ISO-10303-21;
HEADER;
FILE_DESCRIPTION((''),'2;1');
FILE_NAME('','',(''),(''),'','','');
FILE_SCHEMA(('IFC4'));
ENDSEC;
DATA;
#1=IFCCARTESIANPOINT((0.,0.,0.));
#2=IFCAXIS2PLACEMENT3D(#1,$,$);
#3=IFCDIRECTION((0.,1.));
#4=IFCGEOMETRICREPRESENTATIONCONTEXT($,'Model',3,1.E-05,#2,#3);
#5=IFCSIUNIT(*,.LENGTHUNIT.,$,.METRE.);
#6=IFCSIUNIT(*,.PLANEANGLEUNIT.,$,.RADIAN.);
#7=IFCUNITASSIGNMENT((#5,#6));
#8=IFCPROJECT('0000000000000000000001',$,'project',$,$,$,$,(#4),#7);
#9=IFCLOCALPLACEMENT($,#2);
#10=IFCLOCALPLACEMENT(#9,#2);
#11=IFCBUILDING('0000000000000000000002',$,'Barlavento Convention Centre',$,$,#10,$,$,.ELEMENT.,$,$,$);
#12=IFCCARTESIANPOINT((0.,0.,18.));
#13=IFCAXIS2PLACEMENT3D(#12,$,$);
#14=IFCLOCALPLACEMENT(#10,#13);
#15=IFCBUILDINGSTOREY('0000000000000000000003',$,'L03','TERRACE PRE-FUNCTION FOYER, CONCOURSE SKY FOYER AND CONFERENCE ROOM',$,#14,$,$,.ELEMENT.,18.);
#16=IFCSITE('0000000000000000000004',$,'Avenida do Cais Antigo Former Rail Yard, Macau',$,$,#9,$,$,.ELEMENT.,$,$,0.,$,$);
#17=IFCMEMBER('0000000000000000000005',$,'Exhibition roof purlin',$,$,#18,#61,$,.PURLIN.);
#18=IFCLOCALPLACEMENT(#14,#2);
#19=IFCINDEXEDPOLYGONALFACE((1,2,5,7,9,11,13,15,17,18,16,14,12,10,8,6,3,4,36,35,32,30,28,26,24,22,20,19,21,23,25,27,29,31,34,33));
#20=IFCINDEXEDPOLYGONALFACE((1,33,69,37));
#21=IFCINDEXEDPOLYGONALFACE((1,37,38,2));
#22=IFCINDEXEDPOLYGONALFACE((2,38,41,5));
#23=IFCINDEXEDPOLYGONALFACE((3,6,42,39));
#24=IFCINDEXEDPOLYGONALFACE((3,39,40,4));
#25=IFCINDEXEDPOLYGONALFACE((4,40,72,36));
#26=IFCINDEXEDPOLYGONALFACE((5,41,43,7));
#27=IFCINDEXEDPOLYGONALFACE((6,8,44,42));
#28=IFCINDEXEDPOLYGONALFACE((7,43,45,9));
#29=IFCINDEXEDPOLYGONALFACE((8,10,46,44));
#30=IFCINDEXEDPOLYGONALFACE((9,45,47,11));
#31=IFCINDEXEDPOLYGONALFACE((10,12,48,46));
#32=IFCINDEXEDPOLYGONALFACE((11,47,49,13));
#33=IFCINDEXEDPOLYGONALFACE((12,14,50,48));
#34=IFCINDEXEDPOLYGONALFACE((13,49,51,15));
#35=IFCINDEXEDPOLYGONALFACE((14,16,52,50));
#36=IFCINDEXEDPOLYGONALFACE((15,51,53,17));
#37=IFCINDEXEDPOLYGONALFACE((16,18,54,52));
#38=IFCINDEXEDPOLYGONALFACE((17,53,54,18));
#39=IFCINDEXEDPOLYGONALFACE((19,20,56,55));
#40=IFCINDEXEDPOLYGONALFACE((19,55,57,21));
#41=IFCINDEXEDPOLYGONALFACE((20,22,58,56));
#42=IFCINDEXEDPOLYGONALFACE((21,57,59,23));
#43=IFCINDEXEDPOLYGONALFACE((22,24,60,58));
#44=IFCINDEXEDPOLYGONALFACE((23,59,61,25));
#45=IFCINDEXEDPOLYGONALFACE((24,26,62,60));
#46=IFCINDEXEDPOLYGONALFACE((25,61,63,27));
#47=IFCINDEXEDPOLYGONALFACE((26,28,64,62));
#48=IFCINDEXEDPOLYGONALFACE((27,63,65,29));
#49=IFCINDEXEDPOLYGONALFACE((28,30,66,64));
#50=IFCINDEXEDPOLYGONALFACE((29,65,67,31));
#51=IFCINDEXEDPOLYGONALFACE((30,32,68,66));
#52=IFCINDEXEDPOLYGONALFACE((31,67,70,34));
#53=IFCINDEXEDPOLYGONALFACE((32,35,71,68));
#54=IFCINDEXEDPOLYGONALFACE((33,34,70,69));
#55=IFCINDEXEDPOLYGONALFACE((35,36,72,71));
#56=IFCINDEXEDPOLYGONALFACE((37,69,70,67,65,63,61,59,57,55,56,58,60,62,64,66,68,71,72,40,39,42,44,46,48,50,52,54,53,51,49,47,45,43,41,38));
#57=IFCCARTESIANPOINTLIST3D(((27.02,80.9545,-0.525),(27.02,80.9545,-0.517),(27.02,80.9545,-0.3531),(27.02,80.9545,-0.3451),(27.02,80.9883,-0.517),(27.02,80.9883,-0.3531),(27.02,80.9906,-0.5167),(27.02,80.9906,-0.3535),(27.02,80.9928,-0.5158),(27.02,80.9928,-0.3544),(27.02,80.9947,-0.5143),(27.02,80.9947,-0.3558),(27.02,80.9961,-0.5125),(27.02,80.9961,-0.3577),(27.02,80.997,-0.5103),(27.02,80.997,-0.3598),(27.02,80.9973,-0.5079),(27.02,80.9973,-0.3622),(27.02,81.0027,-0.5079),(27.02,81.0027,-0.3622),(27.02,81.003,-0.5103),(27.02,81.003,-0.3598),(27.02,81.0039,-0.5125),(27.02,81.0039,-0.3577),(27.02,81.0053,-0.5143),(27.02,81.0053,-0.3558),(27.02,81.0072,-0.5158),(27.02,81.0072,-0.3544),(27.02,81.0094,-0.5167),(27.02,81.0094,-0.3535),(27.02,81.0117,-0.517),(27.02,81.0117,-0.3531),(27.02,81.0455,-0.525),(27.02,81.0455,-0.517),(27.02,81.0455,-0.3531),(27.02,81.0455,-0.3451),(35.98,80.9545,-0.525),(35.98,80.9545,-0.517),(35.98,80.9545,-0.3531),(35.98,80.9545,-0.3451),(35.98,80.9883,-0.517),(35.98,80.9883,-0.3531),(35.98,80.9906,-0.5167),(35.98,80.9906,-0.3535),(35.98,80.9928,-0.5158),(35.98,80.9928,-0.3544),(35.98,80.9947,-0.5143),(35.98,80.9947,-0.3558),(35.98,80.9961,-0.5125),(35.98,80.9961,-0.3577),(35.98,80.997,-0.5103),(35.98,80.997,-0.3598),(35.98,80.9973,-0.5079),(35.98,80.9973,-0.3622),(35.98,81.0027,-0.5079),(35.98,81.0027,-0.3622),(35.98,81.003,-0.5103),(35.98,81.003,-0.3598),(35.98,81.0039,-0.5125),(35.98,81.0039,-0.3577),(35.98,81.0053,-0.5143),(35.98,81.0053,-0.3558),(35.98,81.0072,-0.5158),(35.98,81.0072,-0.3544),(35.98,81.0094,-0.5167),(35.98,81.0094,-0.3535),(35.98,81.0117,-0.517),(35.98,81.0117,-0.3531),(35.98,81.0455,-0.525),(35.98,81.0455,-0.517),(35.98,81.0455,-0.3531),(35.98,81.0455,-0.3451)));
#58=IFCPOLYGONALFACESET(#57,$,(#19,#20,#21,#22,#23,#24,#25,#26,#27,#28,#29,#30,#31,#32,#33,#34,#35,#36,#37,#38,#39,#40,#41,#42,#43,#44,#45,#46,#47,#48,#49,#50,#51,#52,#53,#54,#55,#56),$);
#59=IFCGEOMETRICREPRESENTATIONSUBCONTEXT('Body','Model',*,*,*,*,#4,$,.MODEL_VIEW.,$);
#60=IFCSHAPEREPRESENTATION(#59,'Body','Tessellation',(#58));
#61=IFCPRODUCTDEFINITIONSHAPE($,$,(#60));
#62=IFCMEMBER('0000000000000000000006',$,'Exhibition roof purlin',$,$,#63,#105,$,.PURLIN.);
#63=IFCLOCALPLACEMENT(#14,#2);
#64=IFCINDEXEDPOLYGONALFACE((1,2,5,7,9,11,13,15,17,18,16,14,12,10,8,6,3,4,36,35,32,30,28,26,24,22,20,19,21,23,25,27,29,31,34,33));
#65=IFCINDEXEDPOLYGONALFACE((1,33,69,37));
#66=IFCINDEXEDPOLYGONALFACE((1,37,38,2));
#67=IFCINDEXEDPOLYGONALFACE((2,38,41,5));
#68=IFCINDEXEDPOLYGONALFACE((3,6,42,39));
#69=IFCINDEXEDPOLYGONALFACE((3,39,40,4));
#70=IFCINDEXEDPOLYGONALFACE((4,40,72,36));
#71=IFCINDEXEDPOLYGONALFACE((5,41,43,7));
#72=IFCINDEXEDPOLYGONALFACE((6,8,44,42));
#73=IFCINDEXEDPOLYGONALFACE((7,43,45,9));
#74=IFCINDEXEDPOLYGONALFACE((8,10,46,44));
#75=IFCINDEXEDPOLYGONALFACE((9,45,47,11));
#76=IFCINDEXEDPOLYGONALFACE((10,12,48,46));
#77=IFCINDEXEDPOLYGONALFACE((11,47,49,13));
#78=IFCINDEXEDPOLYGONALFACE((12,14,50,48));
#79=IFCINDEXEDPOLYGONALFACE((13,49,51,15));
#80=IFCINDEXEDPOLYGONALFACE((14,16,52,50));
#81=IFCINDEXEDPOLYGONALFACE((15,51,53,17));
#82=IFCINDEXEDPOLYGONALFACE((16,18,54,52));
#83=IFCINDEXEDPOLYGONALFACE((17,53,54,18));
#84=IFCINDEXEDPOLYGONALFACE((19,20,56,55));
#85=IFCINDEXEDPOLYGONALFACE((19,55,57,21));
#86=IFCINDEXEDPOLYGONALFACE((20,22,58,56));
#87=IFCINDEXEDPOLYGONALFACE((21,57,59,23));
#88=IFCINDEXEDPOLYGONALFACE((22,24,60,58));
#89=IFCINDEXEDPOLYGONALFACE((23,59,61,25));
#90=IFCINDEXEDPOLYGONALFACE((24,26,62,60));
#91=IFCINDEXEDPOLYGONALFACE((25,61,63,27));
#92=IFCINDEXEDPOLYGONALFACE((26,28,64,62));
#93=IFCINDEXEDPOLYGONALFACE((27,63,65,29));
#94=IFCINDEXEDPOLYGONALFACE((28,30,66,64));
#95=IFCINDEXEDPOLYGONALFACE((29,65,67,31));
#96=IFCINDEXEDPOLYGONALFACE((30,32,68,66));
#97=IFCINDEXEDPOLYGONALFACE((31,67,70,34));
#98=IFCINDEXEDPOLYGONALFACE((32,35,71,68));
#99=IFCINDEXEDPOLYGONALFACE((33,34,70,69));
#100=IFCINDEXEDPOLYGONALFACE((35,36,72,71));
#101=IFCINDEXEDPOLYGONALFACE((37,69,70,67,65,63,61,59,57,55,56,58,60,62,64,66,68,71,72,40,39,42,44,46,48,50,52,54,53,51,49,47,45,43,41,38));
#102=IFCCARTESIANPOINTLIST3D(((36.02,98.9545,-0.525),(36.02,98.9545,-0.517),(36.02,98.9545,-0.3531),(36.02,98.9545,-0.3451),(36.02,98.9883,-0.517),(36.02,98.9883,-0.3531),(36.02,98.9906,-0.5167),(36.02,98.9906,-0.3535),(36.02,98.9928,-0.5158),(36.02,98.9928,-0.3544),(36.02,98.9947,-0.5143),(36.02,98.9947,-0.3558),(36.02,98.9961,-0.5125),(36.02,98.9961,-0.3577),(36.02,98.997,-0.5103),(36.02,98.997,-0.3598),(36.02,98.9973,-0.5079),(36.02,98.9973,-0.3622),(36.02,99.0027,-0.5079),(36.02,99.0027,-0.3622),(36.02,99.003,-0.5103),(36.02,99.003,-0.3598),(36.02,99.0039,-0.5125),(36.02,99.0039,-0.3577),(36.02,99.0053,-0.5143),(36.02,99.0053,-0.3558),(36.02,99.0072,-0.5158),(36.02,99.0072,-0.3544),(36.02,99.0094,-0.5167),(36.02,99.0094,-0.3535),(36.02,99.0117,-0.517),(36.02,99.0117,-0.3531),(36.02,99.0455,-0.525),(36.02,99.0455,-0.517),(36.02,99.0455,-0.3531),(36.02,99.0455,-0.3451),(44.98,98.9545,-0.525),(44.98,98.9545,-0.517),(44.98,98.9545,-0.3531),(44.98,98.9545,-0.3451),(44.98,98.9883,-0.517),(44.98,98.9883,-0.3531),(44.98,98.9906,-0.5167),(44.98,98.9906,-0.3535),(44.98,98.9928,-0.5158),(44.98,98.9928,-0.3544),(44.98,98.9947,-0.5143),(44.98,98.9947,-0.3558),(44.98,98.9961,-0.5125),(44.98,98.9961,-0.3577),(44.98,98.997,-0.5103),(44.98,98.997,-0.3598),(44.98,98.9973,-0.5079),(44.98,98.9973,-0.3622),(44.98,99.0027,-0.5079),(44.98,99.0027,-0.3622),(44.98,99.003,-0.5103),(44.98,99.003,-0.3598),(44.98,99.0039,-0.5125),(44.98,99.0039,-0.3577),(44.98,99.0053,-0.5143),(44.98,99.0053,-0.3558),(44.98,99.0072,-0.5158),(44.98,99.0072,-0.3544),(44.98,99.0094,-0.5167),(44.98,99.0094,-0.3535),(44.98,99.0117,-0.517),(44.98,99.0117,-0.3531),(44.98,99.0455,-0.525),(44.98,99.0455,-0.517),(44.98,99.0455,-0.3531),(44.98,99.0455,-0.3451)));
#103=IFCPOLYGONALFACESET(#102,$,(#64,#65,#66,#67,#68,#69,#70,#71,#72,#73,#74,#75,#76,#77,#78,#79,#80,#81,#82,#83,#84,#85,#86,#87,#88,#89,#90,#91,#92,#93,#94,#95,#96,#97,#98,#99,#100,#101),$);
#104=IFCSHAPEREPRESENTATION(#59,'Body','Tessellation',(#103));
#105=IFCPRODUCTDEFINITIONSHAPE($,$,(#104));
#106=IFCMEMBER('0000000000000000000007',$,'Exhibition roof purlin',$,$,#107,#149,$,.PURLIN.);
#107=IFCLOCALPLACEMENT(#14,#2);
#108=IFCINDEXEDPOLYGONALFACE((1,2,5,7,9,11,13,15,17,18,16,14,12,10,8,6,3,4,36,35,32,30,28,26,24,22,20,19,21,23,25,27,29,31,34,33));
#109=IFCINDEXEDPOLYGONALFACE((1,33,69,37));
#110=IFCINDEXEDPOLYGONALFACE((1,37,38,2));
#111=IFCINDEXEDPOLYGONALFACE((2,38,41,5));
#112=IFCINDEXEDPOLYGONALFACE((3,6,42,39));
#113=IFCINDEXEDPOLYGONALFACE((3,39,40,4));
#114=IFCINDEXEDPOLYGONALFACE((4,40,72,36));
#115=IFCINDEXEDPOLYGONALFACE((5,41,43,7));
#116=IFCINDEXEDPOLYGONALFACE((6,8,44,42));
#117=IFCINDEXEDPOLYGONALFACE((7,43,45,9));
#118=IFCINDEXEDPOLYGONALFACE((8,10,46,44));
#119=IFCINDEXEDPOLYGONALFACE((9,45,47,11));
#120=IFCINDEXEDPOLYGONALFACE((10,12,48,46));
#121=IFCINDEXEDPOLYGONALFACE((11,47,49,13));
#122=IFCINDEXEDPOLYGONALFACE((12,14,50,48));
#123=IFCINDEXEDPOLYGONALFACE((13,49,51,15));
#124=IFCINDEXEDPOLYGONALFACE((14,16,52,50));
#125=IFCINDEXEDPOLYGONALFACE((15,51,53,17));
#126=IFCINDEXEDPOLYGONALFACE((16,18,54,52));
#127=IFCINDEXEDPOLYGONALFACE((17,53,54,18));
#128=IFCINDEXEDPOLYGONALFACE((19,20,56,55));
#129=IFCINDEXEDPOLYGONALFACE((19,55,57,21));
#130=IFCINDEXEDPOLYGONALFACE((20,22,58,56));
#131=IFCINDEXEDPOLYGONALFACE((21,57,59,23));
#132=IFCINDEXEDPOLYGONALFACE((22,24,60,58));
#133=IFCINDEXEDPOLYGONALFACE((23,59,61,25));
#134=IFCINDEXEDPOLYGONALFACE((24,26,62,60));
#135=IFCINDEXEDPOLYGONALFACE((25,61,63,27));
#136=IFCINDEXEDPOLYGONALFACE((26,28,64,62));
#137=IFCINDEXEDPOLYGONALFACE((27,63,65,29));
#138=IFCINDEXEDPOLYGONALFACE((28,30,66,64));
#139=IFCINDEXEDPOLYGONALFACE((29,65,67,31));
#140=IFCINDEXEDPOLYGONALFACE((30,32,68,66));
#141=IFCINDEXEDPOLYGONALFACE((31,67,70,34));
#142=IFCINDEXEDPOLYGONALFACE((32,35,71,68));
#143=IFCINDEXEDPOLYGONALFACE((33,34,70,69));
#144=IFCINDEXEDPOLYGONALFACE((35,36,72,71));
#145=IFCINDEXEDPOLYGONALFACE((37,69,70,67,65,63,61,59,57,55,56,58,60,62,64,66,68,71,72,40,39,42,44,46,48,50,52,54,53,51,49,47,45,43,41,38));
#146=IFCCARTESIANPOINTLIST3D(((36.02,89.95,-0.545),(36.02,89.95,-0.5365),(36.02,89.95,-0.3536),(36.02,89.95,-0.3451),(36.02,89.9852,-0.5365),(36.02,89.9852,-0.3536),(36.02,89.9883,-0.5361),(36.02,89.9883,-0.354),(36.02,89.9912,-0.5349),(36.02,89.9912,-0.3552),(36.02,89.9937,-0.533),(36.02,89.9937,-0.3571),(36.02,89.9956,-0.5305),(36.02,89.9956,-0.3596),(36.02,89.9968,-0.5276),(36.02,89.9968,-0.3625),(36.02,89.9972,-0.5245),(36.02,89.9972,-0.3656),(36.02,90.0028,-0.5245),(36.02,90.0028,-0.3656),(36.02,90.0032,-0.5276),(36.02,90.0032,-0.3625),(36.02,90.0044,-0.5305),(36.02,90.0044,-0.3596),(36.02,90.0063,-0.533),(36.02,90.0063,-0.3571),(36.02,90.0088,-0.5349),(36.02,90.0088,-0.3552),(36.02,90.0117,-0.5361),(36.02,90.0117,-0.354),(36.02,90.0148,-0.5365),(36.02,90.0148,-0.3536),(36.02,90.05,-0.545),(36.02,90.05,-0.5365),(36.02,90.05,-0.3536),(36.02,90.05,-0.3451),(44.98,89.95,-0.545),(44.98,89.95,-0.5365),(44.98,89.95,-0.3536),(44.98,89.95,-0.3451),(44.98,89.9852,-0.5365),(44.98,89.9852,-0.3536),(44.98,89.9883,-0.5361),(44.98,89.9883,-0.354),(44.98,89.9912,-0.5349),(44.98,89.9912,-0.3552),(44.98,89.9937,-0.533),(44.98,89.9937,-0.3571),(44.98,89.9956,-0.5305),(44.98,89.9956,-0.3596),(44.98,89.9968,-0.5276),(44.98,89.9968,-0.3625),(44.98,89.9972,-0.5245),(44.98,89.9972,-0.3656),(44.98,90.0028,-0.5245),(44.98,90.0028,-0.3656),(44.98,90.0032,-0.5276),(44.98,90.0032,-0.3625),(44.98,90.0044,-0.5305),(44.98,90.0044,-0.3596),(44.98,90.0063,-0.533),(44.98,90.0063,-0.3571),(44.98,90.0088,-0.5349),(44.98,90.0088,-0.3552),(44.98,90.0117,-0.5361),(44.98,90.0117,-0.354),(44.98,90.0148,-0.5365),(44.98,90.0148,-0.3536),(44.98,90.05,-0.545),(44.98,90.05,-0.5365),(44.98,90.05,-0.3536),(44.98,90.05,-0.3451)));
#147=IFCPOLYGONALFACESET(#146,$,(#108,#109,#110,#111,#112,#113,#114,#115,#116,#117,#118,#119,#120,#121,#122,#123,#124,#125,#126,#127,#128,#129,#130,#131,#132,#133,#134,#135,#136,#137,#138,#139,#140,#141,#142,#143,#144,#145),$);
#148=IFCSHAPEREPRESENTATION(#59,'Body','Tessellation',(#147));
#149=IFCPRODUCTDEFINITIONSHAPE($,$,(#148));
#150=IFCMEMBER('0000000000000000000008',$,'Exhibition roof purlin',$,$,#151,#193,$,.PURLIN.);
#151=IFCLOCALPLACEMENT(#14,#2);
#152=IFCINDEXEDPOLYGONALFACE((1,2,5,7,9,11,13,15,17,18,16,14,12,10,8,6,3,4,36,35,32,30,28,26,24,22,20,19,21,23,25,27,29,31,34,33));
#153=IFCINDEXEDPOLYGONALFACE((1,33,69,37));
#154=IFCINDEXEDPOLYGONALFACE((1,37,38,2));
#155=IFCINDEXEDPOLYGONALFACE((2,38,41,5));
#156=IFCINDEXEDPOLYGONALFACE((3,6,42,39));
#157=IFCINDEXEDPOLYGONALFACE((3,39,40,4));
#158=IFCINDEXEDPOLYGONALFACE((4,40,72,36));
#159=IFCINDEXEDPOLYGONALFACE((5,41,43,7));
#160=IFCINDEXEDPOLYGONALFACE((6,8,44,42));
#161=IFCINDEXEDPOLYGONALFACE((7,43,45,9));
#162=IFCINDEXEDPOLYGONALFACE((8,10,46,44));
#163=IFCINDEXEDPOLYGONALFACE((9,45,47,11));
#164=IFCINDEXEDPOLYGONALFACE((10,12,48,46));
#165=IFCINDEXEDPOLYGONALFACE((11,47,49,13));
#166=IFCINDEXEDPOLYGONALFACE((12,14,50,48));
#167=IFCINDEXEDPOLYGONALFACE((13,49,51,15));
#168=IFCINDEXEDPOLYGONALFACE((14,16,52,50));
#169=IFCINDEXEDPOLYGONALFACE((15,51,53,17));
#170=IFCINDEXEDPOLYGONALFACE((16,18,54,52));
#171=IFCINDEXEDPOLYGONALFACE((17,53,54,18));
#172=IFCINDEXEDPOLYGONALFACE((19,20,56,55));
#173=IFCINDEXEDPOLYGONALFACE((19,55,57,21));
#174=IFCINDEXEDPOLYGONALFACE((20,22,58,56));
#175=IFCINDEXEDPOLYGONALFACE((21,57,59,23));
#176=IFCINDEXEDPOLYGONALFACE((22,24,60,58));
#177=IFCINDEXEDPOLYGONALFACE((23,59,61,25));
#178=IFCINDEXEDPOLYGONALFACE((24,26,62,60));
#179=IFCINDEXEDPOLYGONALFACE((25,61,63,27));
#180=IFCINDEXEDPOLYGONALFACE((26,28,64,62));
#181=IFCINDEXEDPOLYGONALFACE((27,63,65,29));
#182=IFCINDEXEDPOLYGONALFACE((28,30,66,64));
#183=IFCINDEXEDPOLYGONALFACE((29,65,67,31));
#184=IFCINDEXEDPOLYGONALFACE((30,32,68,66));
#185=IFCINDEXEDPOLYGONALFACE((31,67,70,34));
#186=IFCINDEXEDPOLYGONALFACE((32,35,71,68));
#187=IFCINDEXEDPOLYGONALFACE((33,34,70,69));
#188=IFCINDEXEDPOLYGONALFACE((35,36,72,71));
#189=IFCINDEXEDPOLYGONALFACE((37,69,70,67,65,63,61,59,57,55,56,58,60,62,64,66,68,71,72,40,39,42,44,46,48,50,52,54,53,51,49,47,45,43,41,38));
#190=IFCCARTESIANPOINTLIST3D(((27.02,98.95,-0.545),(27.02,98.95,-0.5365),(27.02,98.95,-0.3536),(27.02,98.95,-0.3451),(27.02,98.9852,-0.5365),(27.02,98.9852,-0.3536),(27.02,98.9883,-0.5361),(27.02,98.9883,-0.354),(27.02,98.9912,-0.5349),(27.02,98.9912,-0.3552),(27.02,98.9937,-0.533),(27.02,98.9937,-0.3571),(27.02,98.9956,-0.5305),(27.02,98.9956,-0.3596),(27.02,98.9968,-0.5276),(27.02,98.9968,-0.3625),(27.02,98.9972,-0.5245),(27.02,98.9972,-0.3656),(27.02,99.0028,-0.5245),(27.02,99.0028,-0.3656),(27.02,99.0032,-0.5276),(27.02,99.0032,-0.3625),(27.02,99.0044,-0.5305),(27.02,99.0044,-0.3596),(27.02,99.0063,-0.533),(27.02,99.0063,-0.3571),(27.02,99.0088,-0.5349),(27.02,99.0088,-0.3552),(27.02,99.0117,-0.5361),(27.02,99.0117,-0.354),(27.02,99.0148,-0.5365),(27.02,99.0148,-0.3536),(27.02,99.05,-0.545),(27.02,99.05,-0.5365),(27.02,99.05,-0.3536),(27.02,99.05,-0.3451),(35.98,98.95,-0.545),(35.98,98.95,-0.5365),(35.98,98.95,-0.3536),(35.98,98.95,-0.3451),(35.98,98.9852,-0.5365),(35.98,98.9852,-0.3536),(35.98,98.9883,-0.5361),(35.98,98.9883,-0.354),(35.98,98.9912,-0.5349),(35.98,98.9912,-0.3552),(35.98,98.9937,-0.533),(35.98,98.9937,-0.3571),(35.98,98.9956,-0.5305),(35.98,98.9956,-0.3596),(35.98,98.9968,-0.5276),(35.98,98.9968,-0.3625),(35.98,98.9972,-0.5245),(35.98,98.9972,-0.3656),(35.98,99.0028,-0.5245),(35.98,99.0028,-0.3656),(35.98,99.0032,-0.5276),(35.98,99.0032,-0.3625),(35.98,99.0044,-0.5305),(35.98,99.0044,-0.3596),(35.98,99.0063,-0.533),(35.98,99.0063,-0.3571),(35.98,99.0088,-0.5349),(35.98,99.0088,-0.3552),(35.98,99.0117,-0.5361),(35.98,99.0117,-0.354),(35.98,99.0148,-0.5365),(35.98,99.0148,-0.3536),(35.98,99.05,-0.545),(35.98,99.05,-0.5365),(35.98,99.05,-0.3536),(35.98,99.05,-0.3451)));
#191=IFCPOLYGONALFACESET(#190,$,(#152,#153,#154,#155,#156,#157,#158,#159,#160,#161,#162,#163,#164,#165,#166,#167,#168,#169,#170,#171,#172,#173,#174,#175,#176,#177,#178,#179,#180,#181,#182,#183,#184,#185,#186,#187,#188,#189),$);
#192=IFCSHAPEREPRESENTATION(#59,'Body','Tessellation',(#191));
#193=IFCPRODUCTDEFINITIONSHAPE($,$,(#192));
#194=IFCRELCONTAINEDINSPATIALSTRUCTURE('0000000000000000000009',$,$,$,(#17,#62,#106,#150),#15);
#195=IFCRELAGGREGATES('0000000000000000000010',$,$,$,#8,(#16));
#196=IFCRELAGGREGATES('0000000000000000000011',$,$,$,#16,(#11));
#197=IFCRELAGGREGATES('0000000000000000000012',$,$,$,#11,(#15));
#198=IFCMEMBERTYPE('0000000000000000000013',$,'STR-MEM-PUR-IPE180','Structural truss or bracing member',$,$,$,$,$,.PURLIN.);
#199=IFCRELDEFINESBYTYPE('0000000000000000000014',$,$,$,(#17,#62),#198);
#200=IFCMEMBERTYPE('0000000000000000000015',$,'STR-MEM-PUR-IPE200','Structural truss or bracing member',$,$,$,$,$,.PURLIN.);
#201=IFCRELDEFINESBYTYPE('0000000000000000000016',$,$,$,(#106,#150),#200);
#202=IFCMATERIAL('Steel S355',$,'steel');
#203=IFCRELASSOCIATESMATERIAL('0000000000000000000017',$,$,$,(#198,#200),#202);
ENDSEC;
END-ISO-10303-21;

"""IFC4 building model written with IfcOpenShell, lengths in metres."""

from ifc_helpers import new_model, si_unit, direction, frame, origin, origin_2d, place, context, subcontext, project, spatial, i_section, extrude, material, material_profile, profile_set, type_object, element, save


model = new_model("IFC4")

# Units and contexts
model_context = context("Model", 3, precision=1e-05, world=origin(), true_north=direction((0.0, 1.0)))
body_context = subcontext(model_context, "Body", "Model", "MODEL_VIEW")
ifc_project = project(units=[si_unit("LENGTHUNIT", "METRE"), si_unit("PLANEANGLEUNIT", "RADIAN")], contexts=[model_context])

# Site, building, storey
site_placement = place(None, origin())
site = spatial("IfcSite", under=ifc_project, at=site_placement, Name="Avenida do Cais Antigo Former Rail Yard, Macau", CompositionType="ELEMENT", RefElevation=0.0)
building_placement = place(site_placement, origin())
building = spatial("IfcBuilding", under=site, at=building_placement, Name="Barlavento Convention Centre", CompositionType="ELEMENT")
storey_placement = place(building_placement, frame((0.0, 0.0, 18.0)))
storey = spatial("IfcBuildingStorey", under=building, at=storey_placement, Name="L03", Description="TERRACE PRE-FUNCTION FOYER, CONCOURSE SKY FOYER AND CONFERENCE ROOM", CompositionType="ELEMENT", Elevation=18.0)

# Members
ifc_material_1 = material(Name="Steel S355", Category="steel")
ifc_material_profile_1 = material_profile(ifc_material_1, i_section(OverallWidth=0.0911, OverallDepth=0.1799, WebThickness=0.0054, FlangeThickness=0.0081, FilletRadius=0.009, at=origin_2d()), Name="IPE 180")
ifc_profile_set_1 = profile_set([ifc_material_profile_1], Name="Steel S355")
member_type_1 = type_object("IfcMemberType", Name="STR-MEM-PUR-IPE180", Description="Structural truss or bracing member", PredefinedType="PURLIN", material=ifc_profile_set_1)
for number, where, z_axis, x_axis, name in (
    (1, (27.02, 81.0, -0.4351), (1.0, 0.0, 0.0), (0.0, 1.0, 0.0), "Exhibition roof purlin"),
    (2, (36.02, 99.0, -0.4351), (1.0, 0.0, 0.0), (0.0, 1.0, 0.0), "Exhibition roof purlin"),
):
    element("IfcMember", number, at=place(storey_placement, frame(where, z_axis=z_axis, x_axis=x_axis)), inside=storey, type_object=member_type_1, Name=name, PredefinedType="PURLIN", context=body_context, shape_type="SweptSolid", body=[
        extrude(i_section(OverallWidth=0.0911, OverallDepth=0.1799, WebThickness=0.0054, FlangeThickness=0.0081, FilletRadius=0.009, at=origin_2d()), origin(), (0.0, 0.0, 1.0), 8.96),
    ])
ifc_material_profile_2 = material_profile(ifc_material_1, i_section(OverallWidth=0.1001, OverallDepth=0.2, WebThickness=0.0056, FlangeThickness=0.0085, FilletRadius=0.012, at=origin_2d()), Name="IPE 200")
ifc_profile_set_2 = profile_set([ifc_material_profile_2], Name="Steel S355")
member_type_2 = type_object("IfcMemberType", Name="STR-MEM-PUR-IPE200", Description="Structural truss or bracing member", PredefinedType="PURLIN", material=ifc_profile_set_2)
for number, where, z_axis, x_axis, name in (
    (3, (36.02, 90.0, -0.4451), (1.0, 0.0, 0.0), (0.0, 1.0, 0.0), "Exhibition roof purlin"),
    (4, (27.02, 99.0, -0.4451), (1.0, 0.0, 0.0), (0.0, 1.0, 0.0), "Exhibition roof purlin"),
):
    element("IfcMember", number, at=place(storey_placement, frame(where, z_axis=z_axis, x_axis=x_axis)), inside=storey, type_object=member_type_2, Name=name, PredefinedType="PURLIN", context=body_context, shape_type="SweptSolid", body=[
        extrude(i_section(OverallWidth=0.1001, OverallDepth=0.2, WebThickness=0.0056, FlangeThickness=0.0085, FilletRadius=0.012, at=origin_2d()), origin(), (0.0, 0.0, 1.0), 8.96),
    ])

save(model, "model.ifc")
